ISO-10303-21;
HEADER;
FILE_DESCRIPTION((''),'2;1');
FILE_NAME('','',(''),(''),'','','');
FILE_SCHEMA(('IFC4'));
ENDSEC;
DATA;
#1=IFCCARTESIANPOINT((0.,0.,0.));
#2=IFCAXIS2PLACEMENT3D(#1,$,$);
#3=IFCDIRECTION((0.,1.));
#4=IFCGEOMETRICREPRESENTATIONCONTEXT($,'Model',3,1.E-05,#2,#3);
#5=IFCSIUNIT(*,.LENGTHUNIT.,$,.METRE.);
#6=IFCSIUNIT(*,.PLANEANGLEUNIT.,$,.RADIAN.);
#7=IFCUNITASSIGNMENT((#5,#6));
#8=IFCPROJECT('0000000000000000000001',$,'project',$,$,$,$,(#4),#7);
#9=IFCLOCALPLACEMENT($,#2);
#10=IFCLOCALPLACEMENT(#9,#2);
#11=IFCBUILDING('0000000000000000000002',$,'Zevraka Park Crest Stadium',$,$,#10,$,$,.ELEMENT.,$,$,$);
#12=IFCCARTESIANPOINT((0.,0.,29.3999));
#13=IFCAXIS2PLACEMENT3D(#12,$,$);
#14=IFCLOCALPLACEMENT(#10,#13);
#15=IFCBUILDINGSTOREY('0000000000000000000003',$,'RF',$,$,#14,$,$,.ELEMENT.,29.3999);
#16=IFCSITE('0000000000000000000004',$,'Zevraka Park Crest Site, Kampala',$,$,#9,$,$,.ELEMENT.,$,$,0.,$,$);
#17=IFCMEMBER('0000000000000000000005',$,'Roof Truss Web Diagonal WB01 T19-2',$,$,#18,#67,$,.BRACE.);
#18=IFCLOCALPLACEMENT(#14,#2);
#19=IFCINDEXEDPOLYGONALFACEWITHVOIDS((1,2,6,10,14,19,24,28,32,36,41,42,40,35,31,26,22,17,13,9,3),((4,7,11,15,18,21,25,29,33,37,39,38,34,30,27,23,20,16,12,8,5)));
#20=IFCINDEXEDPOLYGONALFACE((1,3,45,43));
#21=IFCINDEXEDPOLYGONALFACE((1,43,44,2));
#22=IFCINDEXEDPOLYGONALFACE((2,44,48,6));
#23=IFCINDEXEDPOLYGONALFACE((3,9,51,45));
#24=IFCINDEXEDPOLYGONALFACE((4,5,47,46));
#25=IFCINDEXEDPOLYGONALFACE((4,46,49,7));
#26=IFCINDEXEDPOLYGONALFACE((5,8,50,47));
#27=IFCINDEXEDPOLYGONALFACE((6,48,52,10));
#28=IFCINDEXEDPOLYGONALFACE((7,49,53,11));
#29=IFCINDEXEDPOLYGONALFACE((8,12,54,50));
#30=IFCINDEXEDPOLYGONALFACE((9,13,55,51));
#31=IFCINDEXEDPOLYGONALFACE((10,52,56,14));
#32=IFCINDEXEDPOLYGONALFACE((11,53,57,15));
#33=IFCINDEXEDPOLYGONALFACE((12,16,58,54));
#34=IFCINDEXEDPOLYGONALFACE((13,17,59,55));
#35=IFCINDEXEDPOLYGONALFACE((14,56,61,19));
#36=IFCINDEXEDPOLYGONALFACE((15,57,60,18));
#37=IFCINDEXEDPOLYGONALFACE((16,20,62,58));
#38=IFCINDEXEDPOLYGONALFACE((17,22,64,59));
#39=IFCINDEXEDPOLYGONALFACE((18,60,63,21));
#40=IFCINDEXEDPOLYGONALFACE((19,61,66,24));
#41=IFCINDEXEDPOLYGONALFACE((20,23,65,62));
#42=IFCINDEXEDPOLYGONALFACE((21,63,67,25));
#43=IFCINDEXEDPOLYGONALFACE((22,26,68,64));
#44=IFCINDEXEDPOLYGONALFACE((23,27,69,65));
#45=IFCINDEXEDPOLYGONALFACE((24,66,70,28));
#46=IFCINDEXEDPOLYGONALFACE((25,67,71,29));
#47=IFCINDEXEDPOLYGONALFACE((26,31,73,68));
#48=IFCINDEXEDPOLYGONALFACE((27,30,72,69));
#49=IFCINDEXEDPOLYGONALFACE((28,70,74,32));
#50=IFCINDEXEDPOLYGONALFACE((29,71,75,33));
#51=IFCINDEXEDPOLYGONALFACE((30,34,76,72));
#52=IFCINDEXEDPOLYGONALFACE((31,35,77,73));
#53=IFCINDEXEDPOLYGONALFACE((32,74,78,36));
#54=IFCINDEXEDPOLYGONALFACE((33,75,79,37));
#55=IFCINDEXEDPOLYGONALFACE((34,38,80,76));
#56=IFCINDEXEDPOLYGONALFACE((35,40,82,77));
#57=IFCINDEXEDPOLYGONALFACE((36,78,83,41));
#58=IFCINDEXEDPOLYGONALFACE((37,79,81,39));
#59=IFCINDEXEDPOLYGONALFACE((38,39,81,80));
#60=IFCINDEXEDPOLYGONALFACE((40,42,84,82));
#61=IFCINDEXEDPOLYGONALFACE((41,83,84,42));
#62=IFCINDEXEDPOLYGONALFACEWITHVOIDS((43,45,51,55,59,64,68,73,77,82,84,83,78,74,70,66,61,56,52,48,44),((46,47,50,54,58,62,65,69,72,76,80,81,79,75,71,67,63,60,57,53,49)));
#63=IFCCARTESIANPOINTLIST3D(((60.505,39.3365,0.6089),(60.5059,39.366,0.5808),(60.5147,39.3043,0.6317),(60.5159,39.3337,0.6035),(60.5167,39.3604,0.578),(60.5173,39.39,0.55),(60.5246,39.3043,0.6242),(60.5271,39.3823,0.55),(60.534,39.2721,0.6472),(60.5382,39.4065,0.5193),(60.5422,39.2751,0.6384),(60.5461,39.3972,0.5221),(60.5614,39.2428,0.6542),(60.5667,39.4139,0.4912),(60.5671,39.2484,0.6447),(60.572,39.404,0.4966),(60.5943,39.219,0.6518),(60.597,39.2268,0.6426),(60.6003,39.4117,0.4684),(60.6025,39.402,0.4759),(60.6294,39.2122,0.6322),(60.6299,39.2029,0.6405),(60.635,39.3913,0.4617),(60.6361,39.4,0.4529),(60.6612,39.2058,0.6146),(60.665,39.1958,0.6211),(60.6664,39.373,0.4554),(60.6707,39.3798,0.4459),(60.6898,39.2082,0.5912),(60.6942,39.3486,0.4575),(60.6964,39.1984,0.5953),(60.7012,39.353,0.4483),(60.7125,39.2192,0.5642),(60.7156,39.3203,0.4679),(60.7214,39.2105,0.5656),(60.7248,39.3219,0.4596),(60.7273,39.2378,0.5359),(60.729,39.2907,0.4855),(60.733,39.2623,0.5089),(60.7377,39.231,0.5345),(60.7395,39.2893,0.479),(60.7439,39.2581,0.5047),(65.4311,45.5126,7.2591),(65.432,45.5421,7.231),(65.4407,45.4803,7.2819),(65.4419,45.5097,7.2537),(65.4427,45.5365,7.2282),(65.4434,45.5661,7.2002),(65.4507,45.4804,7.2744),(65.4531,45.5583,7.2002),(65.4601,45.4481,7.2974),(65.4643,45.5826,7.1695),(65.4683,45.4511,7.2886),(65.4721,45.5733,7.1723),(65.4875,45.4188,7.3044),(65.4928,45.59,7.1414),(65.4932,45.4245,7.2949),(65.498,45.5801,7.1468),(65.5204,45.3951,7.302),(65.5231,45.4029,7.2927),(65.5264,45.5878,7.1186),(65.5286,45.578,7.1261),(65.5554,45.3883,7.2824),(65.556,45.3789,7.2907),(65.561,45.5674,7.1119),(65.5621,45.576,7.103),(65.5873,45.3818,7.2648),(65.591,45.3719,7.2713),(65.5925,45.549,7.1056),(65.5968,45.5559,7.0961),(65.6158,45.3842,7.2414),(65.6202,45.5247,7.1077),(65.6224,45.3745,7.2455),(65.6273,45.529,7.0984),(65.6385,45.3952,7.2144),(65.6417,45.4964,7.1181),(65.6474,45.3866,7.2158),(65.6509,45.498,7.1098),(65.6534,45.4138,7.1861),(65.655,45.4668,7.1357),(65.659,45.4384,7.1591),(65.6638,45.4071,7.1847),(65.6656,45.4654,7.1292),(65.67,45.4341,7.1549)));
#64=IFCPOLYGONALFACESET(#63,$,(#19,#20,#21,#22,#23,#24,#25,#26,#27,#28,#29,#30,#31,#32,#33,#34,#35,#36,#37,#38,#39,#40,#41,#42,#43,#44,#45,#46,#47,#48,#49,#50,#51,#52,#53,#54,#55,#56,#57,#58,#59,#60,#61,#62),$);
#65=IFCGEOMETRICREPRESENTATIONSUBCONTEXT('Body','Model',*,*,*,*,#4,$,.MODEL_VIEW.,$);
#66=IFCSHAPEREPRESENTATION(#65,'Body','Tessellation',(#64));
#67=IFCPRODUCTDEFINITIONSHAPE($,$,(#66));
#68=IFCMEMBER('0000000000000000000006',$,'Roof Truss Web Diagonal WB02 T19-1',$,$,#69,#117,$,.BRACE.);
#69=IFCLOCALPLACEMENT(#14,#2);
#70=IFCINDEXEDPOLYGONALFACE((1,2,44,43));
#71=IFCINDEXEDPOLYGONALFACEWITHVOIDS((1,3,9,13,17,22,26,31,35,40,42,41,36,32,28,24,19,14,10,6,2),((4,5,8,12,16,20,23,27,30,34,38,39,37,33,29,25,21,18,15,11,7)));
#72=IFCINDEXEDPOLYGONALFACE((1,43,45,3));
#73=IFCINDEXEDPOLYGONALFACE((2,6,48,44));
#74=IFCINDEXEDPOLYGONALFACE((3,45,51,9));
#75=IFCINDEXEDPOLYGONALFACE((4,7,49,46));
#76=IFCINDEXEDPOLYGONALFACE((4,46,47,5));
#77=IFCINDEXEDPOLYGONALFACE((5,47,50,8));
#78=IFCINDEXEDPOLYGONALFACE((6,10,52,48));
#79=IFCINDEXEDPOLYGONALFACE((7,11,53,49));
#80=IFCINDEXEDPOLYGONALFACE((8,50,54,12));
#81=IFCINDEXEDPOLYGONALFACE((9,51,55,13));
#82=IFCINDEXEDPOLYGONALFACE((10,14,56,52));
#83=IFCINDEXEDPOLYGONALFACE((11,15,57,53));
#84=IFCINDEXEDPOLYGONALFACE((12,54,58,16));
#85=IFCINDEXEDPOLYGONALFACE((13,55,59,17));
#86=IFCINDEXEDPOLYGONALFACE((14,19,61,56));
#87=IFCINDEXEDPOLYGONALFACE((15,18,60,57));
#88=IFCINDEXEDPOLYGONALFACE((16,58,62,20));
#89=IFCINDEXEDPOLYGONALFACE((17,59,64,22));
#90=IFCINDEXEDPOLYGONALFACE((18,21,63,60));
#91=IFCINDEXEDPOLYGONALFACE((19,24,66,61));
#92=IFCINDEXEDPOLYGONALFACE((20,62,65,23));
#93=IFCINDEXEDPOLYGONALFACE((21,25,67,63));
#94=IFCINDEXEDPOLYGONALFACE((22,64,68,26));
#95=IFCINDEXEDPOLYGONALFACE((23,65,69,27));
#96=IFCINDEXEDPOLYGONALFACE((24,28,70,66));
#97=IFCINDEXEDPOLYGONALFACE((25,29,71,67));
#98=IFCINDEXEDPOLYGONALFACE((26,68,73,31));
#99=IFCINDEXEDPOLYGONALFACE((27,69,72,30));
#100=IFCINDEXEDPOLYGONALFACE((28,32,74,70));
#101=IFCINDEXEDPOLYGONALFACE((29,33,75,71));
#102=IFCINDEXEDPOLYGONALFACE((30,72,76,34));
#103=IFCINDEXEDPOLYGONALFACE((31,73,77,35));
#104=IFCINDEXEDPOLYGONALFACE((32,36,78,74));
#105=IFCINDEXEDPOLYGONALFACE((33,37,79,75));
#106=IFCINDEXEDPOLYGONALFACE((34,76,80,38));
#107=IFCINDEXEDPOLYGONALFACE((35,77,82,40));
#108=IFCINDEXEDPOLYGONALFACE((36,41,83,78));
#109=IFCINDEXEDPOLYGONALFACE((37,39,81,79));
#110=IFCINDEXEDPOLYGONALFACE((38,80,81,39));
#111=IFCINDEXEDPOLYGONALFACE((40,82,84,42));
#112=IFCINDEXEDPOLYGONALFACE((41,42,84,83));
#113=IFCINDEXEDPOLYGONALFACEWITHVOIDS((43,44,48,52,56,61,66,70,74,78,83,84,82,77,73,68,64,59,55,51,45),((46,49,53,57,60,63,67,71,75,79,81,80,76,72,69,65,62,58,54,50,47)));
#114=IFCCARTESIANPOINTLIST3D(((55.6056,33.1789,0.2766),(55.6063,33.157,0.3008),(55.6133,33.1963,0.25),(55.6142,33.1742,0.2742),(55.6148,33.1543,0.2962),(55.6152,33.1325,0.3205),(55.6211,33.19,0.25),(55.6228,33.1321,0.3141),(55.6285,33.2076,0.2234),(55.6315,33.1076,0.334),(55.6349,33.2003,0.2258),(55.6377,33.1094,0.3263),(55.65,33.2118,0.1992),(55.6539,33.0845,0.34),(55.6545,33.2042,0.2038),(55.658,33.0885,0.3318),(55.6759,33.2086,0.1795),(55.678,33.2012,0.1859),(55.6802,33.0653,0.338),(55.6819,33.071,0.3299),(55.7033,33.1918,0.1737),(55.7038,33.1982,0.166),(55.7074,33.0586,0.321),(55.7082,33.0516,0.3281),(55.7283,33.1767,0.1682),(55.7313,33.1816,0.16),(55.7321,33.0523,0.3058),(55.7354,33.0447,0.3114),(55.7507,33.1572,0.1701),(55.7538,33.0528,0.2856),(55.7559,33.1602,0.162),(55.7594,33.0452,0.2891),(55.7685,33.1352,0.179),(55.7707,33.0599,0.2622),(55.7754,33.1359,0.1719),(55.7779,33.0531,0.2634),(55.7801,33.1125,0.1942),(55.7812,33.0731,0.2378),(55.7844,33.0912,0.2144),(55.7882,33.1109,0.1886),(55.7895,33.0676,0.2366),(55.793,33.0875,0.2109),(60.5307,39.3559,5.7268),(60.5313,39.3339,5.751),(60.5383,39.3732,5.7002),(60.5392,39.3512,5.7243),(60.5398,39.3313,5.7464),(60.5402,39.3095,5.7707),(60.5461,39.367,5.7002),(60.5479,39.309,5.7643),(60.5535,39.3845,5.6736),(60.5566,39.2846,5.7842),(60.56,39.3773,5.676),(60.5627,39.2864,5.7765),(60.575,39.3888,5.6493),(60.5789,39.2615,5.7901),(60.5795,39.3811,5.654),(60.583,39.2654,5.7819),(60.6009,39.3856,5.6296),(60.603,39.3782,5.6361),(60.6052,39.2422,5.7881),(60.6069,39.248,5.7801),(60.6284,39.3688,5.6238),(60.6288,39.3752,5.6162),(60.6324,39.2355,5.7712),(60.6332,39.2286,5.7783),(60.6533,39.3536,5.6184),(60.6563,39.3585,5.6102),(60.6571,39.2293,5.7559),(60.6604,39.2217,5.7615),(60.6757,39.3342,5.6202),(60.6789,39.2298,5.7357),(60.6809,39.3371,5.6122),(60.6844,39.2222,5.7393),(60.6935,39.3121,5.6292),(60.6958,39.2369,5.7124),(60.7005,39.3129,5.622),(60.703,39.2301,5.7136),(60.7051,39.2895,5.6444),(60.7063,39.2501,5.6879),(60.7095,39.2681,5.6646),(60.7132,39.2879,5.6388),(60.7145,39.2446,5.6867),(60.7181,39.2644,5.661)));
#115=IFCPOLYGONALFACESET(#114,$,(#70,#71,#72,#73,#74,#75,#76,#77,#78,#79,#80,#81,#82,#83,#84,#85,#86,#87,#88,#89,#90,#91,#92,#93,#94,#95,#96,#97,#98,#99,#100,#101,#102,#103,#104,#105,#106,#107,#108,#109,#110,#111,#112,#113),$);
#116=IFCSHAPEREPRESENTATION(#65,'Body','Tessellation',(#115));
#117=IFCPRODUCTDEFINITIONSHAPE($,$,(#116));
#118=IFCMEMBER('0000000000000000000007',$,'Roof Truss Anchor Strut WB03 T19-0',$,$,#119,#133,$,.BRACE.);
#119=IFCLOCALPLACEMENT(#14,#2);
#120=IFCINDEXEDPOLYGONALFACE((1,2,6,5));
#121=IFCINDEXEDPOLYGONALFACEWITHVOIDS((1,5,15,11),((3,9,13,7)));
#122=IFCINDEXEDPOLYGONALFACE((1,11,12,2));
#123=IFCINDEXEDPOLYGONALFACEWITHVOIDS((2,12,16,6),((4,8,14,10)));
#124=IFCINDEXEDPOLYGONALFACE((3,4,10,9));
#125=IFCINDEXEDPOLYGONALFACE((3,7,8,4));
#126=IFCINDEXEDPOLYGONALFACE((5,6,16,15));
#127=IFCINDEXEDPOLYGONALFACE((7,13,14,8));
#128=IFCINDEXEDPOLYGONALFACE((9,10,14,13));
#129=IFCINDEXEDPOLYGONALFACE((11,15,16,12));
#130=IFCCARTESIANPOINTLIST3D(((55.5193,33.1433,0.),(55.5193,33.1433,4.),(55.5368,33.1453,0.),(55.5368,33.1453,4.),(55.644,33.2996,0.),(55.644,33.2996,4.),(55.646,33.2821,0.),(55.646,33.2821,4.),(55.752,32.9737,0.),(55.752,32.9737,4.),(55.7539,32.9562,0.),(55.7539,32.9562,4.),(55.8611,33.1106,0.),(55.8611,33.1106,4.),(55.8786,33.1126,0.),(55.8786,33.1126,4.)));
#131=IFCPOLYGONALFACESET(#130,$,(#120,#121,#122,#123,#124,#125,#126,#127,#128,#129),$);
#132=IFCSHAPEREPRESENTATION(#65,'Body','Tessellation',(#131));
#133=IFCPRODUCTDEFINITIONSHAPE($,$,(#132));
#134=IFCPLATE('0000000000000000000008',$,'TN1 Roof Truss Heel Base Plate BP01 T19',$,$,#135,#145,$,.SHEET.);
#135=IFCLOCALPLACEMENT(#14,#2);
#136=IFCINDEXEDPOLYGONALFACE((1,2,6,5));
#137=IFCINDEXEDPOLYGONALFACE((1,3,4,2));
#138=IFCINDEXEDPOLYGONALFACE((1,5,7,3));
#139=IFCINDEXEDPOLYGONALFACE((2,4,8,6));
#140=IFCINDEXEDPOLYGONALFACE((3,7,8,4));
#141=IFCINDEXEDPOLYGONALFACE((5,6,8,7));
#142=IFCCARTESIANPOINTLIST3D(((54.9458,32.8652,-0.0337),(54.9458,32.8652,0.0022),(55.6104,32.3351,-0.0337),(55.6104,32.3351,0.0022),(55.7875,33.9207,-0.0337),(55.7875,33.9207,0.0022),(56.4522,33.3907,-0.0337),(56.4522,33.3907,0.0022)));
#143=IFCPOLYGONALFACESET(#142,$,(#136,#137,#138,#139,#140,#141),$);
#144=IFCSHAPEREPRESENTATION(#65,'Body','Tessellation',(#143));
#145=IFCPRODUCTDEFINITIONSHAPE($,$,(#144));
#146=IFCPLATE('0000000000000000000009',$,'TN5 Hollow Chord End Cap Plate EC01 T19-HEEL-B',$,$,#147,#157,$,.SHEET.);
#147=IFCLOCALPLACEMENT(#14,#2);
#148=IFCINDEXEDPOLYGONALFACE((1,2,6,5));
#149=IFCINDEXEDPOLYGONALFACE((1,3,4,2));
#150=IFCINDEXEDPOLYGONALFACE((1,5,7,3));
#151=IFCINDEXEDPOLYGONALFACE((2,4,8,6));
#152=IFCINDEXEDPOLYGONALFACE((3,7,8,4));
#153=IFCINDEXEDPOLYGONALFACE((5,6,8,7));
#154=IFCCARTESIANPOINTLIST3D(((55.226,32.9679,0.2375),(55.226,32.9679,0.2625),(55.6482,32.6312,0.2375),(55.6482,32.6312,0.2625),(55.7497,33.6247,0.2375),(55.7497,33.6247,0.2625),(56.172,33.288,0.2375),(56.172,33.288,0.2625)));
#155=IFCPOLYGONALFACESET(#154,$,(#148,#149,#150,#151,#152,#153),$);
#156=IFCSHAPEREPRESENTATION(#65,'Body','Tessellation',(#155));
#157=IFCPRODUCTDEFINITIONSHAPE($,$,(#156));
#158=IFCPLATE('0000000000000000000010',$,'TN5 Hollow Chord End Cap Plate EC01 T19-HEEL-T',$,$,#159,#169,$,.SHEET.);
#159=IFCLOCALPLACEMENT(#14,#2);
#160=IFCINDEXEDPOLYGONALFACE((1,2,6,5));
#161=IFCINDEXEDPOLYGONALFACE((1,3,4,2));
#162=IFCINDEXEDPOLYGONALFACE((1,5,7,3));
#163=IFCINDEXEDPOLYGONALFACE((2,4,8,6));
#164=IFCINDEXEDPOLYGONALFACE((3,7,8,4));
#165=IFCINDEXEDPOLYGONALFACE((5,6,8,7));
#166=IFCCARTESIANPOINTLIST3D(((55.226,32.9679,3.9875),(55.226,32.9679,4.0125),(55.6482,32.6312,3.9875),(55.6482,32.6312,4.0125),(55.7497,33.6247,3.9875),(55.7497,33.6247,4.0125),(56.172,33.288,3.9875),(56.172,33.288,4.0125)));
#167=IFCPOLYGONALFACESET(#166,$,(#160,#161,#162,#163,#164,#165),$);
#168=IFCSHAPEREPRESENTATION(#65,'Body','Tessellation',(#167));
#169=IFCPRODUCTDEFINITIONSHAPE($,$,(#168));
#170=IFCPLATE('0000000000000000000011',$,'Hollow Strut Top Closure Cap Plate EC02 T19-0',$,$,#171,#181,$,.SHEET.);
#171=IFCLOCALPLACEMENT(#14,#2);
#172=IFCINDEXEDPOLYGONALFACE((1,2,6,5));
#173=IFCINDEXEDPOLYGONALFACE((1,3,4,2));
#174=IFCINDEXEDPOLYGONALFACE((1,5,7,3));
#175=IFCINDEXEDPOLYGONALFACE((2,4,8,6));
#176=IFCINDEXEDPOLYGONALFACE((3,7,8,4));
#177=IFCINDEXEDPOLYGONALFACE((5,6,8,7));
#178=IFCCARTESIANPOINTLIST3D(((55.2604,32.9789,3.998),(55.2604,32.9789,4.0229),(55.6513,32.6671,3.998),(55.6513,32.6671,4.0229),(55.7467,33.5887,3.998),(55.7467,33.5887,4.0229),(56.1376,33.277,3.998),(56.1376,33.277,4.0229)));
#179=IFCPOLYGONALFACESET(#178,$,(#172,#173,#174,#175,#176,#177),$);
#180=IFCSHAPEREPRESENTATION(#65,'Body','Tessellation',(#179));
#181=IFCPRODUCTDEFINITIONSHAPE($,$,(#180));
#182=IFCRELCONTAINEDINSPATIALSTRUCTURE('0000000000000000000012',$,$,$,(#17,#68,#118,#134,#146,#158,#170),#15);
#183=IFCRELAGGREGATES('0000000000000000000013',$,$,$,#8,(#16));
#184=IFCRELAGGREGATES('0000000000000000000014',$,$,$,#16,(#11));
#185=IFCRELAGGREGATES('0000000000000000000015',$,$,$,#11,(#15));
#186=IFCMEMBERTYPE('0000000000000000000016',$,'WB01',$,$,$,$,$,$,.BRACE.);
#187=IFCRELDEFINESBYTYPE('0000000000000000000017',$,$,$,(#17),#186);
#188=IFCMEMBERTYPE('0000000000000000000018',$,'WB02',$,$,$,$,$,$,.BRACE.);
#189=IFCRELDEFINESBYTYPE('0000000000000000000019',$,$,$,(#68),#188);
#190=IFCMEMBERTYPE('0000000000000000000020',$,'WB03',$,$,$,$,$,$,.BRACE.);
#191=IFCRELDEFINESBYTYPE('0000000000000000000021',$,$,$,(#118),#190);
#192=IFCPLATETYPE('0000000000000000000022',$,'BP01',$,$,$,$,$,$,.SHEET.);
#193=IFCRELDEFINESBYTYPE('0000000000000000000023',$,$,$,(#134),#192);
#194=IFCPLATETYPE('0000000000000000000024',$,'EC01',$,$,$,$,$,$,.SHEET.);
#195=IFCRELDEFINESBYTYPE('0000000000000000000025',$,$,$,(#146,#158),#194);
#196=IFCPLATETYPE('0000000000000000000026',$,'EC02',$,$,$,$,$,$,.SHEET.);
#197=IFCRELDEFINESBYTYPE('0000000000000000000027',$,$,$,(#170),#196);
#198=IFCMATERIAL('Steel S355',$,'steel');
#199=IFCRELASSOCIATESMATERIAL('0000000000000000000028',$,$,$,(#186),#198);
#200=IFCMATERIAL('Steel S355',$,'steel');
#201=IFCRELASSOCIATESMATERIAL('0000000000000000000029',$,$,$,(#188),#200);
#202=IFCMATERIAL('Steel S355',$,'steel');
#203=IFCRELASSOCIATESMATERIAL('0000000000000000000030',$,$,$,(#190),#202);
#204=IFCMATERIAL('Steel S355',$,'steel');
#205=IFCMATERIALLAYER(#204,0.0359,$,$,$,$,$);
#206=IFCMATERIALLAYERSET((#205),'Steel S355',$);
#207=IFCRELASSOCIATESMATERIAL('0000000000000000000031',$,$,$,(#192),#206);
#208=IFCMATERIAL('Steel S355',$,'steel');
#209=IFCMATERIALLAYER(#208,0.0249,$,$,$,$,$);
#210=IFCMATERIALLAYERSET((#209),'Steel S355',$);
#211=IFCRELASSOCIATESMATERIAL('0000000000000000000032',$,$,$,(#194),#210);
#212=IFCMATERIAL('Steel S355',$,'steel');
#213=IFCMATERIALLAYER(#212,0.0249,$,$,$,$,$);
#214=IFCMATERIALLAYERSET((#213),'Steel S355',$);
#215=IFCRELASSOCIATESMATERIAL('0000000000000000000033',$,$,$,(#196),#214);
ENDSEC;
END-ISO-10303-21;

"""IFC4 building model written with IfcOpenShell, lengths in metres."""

from ifc_helpers import new_model, si_unit, direction, frame, origin, origin_2d, place, context, subcontext, project, spatial, rectangle, hollow_rectangle, hollow_circle, extrude, material, layer, layer_set, material_profile, profile_set, type_object, element, save


model = new_model("IFC4")

# Units and contexts
model_context = context("Model", 3, precision=1e-05, world=origin(), true_north=direction((0.0, 1.0)))
body_context = subcontext(model_context, "Body", "Model", "MODEL_VIEW")
ifc_project = project(units=[si_unit("LENGTHUNIT", "METRE"), si_unit("PLANEANGLEUNIT", "RADIAN")], contexts=[model_context])

# Site, building, storey
site_placement = place(None, origin())
site = spatial("IfcSite", under=ifc_project, at=site_placement, Name="Zevraka Park Crest Site, Kampala", CompositionType="ELEMENT", RefElevation=0.0)
building_placement = place(site_placement, origin())
building = spatial("IfcBuilding", under=site, at=building_placement, Name="Zevraka Park Crest Stadium", CompositionType="ELEMENT")
storey_placement = place(building_placement, frame((0.0, 0.0, 29.3999)))
storey = spatial("IfcBuildingStorey", under=building, at=storey_placement, Name="RF", CompositionType="ELEMENT", Elevation=29.3999)

# Members
ifc_material_1 = material(Name="Steel S355", Category="steel")
ifc_material_profile_1 = material_profile(ifc_material_1, hollow_circle(Radius=0.1365, WallThickness=0.0125, at=origin_2d()), Name="CHS 273.0x12.5")
ifc_profile_set_1 = profile_set([ifc_material_profile_1], Name="Steel S355")
member_type_1 = type_object("IfcMemberType", Name="WB01", PredefinedType="BRACE", material=ifc_profile_set_1)
member_1_placement = place(storey_placement, frame((60.624, 39.3049, 0.55), z_axis=(0.477035, 0.598084, 0.643998), x_axis=(-0.781782, 0.623552, 0.0)))
element("IfcMember", 1, at=member_1_placement, inside=storey, type_object=member_type_1, Name="Roof Truss Web Diagonal WB01 T19-2", PredefinedType="BRACE", context=body_context, shape_type="SweptSolid", body=[
    extrude(hollow_circle(Radius=0.1365, WallThickness=0.0125, at=origin_2d()), origin(), (0.0, 0.0, 1.0), 10.3264),
])
ifc_material_2 = material(Name="Steel S355", Category="steel")
ifc_material_profile_2 = material_profile(ifc_material_2, hollow_circle(Radius=0.1096, WallThickness=0.01, at=origin_2d()), Name="CHS 219.1x10")
ifc_profile_set_2 = profile_set([ifc_material_profile_2], Name="Steel S355")
member_type_2 = type_object("IfcMemberType", Name="WB02", PredefinedType="BRACE", material=ifc_profile_set_2)
member_2_placement = place(storey_placement, frame((55.699, 33.1279, 0.25), z_axis=(0.513148, 0.643591, 0.567864), x_axis=(-0.78189, 0.623417, 0.0)))
element("IfcMember", 2, at=member_2_placement, inside=storey, type_object=member_type_2, Name="Roof Truss Web Diagonal WB02 T19-1", PredefinedType="BRACE", context=body_context, shape_type="SweptSolid", body=[
    extrude(hollow_circle(Radius=0.1096, WallThickness=0.01, at=origin_2d()), origin(), (0.0, 0.0, 1.0), 9.5977),
])
ifc_material_3 = material(Name="Steel S355", Category="steel")
ifc_material_profile_3 = material_profile(ifc_material_3, hollow_rectangle(XDim=0.2, YDim=0.3, WallThickness=0.0125, at=origin_2d()), Name="RHS 300x200x12.5")
ifc_profile_set_3 = profile_set([ifc_material_profile_3], Name="Steel S355")
member_type_3 = type_object("IfcMemberType", Name="WB03", PredefinedType="BRACE", material=ifc_profile_set_3)
member_3_placement = place(storey_placement, frame((55.699, 33.1279, 0.0), z_axis=(0.0, 0.0, 1.0), x_axis=(0.62347, 0.781847, 0.0)))
element("IfcMember", 3, at=member_3_placement, inside=storey, type_object=member_type_3, Name="Roof Truss Anchor Strut WB03 T19-0", PredefinedType="BRACE", context=body_context, shape_type="SweptSolid", body=[
    extrude(hollow_rectangle(XDim=0.2, YDim=0.3, WallThickness=0.0125, at=origin_2d()), origin(), (0.0, 0.0, 1.0), 4.0),
])

# Plates
ifc_material_4 = material(Name="Steel S355", Category="steel")
ifc_layer_1 = layer(ifc_material_4, 0.0359)
ifc_layer_set_1 = layer_set([ifc_layer_1], Name="Steel S355")
plate_type_1 = type_object("IfcPlateType", Name="BP01", PredefinedType="SHEET", material=ifc_layer_set_1)
plate_1_placement = place(storey_placement, frame((55.699, 33.1279, -0.0337), z_axis=(0.0, 0.0, 1.0), x_axis=(0.62347, 0.781847, 0.0)))
element("IfcPlate", 4, at=plate_1_placement, inside=storey, type_object=plate_type_1, Name="TN1 Roof Truss Heel Base Plate BP01 T19", PredefinedType="SHEET", context=body_context, shape_type="SweptSolid", body=[
    extrude(rectangle(XDim=1.3501, YDim=0.8501, at=origin_2d()), origin(), (0.0, 0.0, 1.0), 0.0359),
])
ifc_material_5 = material(Name="Steel S355", Category="steel")
ifc_layer_2 = layer(ifc_material_5, 0.0249)
ifc_layer_set_2 = layer_set([ifc_layer_2], Name="Steel S355")
plate_type_2 = type_object("IfcPlateType", Name="EC01", PredefinedType="SHEET", material=ifc_layer_set_2)
for number, where, z_axis, x_axis, name in (
    (5, (55.699, 33.1279, 0.2375), (0.0, 0.0, 1.0), (0.62347, 0.781847, 0.0), "TN5 Hollow Chord End Cap Plate EC01 T19-HEEL-B"),
    (6, (55.699, 33.1279, 3.9875), (0.0, 0.0, 1.0), (0.62347, 0.781847, 0.0), "TN5 Hollow Chord End Cap Plate EC01 T19-HEEL-T"),
):
    element("IfcPlate", number, at=place(storey_placement, frame(where, z_axis=z_axis, x_axis=x_axis)), inside=storey, type_object=plate_type_2, Name=name, PredefinedType="SHEET", context=body_context, shape_type="SweptSolid", body=[
        extrude(rectangle(XDim=0.8401, YDim=0.54, at=origin_2d()), origin(), (0.0, 0.0, 1.0), 0.0249),
    ])
ifc_material_6 = material(Name="Steel S355", Category="steel")
ifc_layer_3 = layer(ifc_material_6, 0.0249)
ifc_layer_set_3 = layer_set([ifc_layer_3], Name="Steel S355")
plate_type_3 = type_object("IfcPlateType", Name="EC02", PredefinedType="SHEET", material=ifc_layer_set_3)
plate_2_placement = place(storey_placement, frame((55.699, 33.1279, 3.998), z_axis=(0.0, 0.0, 1.0), x_axis=(0.62347, 0.781847, 0.0)))
element("IfcPlate", 7, at=plate_2_placement, inside=storey, type_object=plate_type_3, Name="Hollow Strut Top Closure Cap Plate EC02 T19-0", PredefinedType="SHEET", context=body_context, shape_type="SweptSolid", body=[
    extrude(rectangle(XDim=0.78, YDim=0.5, at=origin_2d()), origin(), (0.0, 0.0, 1.0), 0.0249),
])

save(model, "model.ifc")
